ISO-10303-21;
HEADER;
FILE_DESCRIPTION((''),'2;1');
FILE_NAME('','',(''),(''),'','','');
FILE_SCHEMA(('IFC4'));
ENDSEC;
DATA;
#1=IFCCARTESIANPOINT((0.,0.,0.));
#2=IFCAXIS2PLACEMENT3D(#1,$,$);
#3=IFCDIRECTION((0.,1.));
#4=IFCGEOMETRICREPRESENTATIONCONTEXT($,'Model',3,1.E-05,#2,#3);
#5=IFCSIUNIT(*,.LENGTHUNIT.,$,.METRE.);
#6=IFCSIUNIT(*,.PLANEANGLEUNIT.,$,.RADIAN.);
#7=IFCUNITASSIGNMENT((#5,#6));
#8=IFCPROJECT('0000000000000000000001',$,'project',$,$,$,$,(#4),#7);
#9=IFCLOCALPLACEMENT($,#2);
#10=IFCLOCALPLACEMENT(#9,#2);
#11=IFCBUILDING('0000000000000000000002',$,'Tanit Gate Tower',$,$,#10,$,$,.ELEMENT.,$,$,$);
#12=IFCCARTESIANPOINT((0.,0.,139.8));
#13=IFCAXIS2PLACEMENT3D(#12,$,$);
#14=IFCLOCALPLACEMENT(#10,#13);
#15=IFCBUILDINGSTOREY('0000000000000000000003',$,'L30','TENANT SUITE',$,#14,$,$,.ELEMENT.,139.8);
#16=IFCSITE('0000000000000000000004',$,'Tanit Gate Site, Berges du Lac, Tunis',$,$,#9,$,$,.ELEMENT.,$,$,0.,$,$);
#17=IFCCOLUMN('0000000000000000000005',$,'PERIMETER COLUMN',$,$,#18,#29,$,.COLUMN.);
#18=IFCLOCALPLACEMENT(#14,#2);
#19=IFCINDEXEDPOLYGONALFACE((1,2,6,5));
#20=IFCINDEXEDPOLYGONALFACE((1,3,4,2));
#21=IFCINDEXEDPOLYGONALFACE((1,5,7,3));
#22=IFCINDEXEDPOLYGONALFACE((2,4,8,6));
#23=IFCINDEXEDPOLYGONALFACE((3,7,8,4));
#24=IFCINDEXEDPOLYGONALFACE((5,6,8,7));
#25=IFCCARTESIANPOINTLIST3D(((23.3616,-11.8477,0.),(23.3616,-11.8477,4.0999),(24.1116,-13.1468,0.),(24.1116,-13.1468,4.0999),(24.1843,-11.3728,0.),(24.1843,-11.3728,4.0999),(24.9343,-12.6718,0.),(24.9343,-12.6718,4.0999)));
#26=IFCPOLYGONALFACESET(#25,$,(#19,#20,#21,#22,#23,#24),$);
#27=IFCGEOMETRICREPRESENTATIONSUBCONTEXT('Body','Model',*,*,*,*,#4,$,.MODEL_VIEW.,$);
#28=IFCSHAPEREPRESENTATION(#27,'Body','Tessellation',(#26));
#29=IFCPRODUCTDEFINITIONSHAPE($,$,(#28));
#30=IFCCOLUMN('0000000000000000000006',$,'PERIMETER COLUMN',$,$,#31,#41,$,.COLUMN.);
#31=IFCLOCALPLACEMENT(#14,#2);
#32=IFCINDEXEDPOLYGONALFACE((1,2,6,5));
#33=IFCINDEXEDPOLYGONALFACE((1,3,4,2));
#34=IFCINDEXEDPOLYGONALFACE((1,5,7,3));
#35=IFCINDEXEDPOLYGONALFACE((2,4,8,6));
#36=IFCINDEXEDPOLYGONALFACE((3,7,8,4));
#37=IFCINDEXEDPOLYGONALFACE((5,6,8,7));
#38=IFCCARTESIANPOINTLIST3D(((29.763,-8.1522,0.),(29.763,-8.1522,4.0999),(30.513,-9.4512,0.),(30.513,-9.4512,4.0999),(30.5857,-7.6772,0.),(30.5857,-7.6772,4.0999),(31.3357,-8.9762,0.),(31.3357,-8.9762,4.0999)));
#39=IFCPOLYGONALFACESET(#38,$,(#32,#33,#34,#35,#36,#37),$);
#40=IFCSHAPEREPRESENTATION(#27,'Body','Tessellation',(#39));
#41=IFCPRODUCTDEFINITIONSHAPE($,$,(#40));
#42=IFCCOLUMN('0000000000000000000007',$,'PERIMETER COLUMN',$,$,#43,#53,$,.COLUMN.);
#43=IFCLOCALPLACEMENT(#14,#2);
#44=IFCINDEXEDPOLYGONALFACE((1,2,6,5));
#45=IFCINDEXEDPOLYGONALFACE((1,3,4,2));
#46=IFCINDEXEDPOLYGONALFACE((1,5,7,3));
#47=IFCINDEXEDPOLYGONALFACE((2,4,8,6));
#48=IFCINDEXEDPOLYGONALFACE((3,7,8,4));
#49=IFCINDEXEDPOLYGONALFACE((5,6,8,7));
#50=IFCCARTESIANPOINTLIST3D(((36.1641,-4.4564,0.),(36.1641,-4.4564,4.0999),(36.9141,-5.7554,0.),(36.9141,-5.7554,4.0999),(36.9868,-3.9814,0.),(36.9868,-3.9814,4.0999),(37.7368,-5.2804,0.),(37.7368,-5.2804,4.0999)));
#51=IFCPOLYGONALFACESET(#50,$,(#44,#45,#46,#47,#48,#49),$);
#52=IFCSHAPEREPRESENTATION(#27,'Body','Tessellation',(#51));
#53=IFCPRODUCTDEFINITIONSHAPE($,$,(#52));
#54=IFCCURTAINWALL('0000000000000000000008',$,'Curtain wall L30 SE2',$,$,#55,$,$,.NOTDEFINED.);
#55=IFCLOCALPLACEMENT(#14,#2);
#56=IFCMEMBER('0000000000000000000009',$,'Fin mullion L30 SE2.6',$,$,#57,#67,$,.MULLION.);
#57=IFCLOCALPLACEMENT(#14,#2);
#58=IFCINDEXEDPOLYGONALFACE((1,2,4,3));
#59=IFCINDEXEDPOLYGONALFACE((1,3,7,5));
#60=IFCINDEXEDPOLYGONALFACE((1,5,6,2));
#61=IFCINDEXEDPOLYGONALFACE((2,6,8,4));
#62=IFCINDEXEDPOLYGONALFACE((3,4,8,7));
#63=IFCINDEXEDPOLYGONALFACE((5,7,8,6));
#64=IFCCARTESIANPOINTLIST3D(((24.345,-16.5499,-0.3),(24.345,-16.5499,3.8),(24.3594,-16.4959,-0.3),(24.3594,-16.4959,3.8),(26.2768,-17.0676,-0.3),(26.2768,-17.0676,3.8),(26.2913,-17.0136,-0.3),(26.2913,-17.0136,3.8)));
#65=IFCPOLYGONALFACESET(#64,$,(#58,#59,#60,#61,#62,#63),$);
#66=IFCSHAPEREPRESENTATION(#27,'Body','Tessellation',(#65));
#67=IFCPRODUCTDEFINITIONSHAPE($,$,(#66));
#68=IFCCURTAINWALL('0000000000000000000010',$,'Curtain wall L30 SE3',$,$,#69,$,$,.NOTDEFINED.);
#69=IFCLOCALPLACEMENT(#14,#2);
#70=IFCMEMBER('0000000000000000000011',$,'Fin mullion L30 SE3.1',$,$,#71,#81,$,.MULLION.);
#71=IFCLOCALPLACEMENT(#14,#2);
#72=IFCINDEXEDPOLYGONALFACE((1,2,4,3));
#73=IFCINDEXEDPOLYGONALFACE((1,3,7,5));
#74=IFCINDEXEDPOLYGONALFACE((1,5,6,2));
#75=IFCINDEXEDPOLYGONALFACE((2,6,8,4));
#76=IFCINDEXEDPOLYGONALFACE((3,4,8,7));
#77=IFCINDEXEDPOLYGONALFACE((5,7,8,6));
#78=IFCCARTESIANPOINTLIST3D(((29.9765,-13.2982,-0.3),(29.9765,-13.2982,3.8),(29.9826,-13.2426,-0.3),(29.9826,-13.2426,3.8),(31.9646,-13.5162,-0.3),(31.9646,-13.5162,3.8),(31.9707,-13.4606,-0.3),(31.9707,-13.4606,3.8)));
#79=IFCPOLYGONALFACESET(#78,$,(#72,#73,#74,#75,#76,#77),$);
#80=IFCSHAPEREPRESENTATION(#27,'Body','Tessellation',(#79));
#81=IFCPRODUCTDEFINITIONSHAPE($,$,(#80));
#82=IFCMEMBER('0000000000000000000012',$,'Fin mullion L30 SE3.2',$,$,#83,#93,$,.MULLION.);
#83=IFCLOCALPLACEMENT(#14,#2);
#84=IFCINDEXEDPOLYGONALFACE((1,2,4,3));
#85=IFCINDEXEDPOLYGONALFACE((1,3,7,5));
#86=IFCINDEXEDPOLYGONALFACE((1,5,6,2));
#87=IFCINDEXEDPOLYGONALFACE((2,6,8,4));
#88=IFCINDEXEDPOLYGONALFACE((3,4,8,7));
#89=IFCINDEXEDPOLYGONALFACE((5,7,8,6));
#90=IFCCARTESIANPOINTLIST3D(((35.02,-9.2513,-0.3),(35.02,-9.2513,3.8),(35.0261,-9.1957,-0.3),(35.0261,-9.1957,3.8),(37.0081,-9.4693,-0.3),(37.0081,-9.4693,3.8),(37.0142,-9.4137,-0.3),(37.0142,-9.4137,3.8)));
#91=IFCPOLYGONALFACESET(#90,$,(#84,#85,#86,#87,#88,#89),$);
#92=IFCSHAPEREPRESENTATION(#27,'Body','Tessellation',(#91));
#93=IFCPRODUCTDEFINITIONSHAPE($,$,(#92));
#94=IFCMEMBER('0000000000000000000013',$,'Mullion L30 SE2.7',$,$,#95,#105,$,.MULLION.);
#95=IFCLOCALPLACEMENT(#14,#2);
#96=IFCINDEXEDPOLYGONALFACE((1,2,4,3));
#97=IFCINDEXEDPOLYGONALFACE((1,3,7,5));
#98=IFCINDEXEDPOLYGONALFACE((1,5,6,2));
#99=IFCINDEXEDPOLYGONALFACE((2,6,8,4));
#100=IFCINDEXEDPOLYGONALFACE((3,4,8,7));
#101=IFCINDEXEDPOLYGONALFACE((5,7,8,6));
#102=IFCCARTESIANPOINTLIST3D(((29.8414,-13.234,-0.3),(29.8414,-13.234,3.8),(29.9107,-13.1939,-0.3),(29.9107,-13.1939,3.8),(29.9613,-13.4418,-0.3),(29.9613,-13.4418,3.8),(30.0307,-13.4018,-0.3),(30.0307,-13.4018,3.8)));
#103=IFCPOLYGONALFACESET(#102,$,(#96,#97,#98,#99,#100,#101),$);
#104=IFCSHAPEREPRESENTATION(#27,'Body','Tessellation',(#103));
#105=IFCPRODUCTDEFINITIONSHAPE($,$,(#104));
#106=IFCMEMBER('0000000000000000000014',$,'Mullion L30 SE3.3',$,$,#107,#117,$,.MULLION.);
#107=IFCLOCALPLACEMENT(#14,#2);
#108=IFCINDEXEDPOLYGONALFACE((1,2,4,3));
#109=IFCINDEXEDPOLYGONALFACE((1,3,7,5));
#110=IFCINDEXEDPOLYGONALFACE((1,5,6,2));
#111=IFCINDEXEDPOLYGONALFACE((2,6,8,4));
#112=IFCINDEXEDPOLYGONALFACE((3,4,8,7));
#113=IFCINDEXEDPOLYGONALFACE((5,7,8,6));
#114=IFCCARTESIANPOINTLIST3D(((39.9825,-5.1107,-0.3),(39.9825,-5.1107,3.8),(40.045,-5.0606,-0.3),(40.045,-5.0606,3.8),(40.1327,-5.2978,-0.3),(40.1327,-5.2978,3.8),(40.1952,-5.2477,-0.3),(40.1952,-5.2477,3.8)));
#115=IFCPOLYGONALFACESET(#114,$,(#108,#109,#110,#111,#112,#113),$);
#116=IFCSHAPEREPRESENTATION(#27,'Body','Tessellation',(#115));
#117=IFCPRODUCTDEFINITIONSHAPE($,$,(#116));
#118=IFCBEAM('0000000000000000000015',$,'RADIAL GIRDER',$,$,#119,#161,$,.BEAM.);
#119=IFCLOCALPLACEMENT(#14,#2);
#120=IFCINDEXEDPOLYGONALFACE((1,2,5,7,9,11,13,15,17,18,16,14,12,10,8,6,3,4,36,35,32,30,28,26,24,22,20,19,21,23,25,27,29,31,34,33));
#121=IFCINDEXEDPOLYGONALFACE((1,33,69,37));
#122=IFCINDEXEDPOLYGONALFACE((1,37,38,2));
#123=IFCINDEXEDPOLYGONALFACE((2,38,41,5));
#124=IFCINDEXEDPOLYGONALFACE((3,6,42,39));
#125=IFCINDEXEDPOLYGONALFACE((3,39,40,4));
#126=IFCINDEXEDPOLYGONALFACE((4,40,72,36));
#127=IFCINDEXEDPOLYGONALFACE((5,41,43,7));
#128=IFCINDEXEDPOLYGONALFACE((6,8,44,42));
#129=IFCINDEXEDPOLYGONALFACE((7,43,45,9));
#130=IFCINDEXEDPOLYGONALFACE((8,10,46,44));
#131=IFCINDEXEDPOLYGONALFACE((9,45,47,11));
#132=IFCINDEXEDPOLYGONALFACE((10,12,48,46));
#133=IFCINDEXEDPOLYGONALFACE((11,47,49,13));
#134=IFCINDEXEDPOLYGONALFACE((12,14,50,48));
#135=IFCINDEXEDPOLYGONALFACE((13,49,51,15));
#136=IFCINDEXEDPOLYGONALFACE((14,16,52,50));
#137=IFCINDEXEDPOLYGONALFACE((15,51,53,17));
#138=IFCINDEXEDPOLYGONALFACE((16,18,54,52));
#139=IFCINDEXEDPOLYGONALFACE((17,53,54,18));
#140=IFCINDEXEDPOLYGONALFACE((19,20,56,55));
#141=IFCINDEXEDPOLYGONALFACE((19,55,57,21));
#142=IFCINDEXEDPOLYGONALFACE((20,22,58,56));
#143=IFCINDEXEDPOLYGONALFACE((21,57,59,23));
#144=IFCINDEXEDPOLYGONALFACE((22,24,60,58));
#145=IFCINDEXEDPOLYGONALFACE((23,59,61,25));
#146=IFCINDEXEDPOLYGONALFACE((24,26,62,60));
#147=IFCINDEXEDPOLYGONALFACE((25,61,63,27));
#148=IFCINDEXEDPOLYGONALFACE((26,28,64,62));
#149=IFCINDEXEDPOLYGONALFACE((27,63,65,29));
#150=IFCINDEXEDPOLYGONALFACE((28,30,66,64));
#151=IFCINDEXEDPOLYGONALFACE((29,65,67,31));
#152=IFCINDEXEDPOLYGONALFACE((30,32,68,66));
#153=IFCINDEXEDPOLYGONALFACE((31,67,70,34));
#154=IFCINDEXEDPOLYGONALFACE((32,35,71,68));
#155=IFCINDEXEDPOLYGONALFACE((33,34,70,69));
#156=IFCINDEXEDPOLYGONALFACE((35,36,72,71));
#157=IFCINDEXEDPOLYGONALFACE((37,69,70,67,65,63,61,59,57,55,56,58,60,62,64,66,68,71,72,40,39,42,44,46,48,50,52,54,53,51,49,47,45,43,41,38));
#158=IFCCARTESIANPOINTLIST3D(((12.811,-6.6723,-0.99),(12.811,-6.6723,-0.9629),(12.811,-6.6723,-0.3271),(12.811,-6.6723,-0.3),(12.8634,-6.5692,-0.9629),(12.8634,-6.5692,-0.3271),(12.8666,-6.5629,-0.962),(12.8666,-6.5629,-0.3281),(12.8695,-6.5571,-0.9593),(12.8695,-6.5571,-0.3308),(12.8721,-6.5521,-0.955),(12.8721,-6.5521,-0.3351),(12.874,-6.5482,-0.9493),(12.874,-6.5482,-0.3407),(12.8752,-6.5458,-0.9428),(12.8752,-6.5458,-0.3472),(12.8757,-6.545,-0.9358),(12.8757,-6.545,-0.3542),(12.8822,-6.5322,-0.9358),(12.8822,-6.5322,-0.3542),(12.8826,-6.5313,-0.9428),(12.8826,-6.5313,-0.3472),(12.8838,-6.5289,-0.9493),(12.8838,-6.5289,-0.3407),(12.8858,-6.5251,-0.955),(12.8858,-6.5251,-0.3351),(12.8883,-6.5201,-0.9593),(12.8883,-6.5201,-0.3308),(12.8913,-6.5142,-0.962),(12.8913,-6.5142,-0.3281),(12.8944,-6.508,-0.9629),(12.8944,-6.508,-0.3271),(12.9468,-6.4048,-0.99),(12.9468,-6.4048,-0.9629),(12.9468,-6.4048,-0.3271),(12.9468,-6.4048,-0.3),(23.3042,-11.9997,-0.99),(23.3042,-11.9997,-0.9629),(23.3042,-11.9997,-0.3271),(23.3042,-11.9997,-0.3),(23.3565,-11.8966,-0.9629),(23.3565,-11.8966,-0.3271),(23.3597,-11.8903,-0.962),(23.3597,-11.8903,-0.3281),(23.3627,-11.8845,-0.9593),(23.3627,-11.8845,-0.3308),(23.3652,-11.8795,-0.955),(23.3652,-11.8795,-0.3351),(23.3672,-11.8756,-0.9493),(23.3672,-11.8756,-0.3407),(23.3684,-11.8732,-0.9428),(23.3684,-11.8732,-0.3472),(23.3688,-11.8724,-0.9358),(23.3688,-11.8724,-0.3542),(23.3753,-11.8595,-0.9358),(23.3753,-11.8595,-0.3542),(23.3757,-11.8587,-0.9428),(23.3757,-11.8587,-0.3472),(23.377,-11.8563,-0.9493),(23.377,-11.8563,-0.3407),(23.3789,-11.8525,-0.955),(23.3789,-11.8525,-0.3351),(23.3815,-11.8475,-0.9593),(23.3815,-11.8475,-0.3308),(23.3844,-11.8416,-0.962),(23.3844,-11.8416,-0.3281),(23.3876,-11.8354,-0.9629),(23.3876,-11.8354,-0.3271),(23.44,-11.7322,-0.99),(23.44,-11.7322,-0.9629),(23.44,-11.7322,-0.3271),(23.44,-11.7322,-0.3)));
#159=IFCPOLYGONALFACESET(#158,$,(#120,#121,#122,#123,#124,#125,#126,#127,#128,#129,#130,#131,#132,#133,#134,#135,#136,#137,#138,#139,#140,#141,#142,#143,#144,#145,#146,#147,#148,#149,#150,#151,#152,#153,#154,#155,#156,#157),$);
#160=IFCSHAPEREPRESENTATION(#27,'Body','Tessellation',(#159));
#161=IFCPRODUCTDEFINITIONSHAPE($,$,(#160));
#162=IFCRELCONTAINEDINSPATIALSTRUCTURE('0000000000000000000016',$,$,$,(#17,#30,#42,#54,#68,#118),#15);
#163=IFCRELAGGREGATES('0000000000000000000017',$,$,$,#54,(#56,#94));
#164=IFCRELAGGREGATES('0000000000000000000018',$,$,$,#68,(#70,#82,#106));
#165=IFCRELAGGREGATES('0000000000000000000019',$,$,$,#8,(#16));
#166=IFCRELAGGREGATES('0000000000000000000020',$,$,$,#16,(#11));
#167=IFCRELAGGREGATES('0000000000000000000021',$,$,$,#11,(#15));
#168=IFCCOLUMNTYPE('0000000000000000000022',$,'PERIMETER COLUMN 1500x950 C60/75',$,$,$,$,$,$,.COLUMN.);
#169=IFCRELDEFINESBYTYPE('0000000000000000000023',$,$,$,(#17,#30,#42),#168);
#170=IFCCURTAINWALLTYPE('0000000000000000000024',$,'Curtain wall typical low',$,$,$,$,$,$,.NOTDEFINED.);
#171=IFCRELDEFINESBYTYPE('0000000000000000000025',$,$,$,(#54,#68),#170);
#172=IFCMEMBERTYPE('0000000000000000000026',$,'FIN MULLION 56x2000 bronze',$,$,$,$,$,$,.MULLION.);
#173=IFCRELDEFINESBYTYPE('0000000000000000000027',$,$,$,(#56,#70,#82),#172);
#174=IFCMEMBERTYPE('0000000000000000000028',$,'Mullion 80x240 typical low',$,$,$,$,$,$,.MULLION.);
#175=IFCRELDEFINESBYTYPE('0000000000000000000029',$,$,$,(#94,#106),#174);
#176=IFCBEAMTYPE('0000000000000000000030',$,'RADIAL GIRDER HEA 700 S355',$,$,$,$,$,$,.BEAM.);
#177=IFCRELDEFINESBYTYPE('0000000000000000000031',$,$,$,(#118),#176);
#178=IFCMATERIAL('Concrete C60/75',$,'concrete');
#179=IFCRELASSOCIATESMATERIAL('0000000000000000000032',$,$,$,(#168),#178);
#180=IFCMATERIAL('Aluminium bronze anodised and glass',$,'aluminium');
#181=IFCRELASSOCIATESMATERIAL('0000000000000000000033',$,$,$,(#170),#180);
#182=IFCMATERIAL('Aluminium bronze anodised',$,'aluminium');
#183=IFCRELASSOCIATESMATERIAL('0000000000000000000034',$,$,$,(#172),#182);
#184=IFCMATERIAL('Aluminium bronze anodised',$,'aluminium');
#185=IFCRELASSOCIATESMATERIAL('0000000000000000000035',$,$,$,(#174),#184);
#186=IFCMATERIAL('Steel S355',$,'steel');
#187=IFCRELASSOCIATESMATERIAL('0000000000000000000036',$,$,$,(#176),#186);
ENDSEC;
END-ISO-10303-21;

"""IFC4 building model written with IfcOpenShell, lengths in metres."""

from ifc_helpers import new_model, si_unit, direction, frame, origin, origin_2d, place, context, subcontext, project, spatial, rectangle, i_section, extrude, material, material_profile, profile_set, type_object, element, aggregate, save


model = new_model("IFC4")

# Units and contexts
model_context = context("Model", 3, precision=1e-05, world=origin(), true_north=direction((0.0, 1.0)))
body_context = subcontext(model_context, "Body", "Model", "MODEL_VIEW")
ifc_project = project(units=[si_unit("LENGTHUNIT", "METRE"), si_unit("PLANEANGLEUNIT", "RADIAN")], contexts=[model_context])

# Site, building, storey
site_placement = place(None, origin())
site = spatial("IfcSite", under=ifc_project, at=site_placement, Name="Tanit Gate Site, Berges du Lac, Tunis", CompositionType="ELEMENT", RefElevation=0.0)
building_placement = place(site_placement, origin())
building = spatial("IfcBuilding", under=site, at=building_placement, Name="Tanit Gate Tower", CompositionType="ELEMENT")
storey_placement = place(building_placement, frame((0.0, 0.0, 139.8)))
storey = spatial("IfcBuildingStorey", under=building, at=storey_placement, Name="L30", Description="TENANT SUITE", CompositionType="ELEMENT", Elevation=139.8)

# Columns
ifc_material_1 = material(Name="Concrete C60/75", Category="concrete")
ifc_material_profile_1 = material_profile(ifc_material_1, rectangle(XDim=1.5, YDim=0.95, at=origin_2d()), Name="RC 1500x950")
ifc_profile_set_1 = profile_set([ifc_material_profile_1], Name="Concrete C60/75")
column_type = type_object("IfcColumnType", Name="PERIMETER COLUMN 1500x950 C60/75", PredefinedType="COLUMN", material=ifc_profile_set_1)
for number, where, z_axis, x_axis, name in (
    (1, (24.1479, -12.2598, 0.0), (0.0, 0.0, 1.0), (0.5, -0.866025, 0.0), "PERIMETER COLUMN"),
    (2, (30.5493, -8.5642, 0.0), (0.0, 0.0, 1.0), (0.5, -0.866025, 0.0), "PERIMETER COLUMN"),
    (3, (36.9504, -4.8684, 0.0), (0.0, 0.0, 1.0), (0.5, -0.866025, 0.0), "PERIMETER COLUMN"),
):
    element("IfcColumn", number, at=place(storey_placement, frame(where, z_axis=z_axis, x_axis=x_axis)), inside=storey, type_object=column_type, Name=name, PredefinedType="COLUMN", context=body_context, shape_type="SweptSolid", body=[
        extrude(rectangle(XDim=1.5, YDim=0.95, at=origin_2d()), origin(), (0.0, 0.0, 1.0), 4.0999),
    ])

# Curtain wall, member
ifc_material_2 = material(Name="Aluminium bronze anodised and glass", Category="aluminium")
curtain_wall_type = type_object("IfcCurtainWallType", Name="Curtain wall typical low", PredefinedType="NOTDEFINED", material=ifc_material_2)
curtain_wall_1_placement = place(storey_placement, origin())
curtain_wall_1 = element("IfcCurtainWall", 4, at=curtain_wall_1_placement, inside=storey, type_object=curtain_wall_type, Name="Curtain wall L30 SE2", PredefinedType="NOTDEFINED")
ifc_material_3 = material(Name="Aluminium bronze anodised", Category="aluminium")
ifc_material_profile_2 = material_profile(ifc_material_3, rectangle(XDim=2.0, YDim=0.0559, at=origin_2d()), Name="56x2000 bronze fin mullion")
ifc_profile_set_2 = profile_set([ifc_material_profile_2], Name="Aluminium bronze anodised")
member_type_1 = type_object("IfcMemberType", Name="FIN MULLION 56x2000 bronze", PredefinedType="MULLION", material=ifc_profile_set_2)
member_1_placement = place(storey_placement, frame((25.3181, -16.7817, -0.3), z_axis=(0.0, 0.0, 1.0), x_axis=(-0.965908, 0.258886, 0.0)))
member_1 = element("IfcMember", 5, at=member_1_placement, type_object=member_type_1, Name="Fin mullion L30 SE2.6", PredefinedType="MULLION", context=body_context, shape_type="SweptSolid", body=[
    extrude(rectangle(XDim=2.0, YDim=0.0559, at=origin_2d()), origin(), (0.0, 0.0, 1.0), 4.1001),
])

# Curtain wall, members
curtain_wall_2_placement = place(storey_placement, origin())
curtain_wall_2 = element("IfcCurtainWall", 6, at=curtain_wall_2_placement, inside=storey, type_object=curtain_wall_type, Name="Curtain wall L30 SE3", PredefinedType="NOTDEFINED")
member_2_placement = place(storey_placement, frame((30.9736, -13.3794, -0.3), z_axis=(0.0, 0.0, 1.0), x_axis=(-0.994044, 0.108983, 0.0)))
member_2 = element("IfcMember", 7, at=member_2_placement, type_object=member_type_1, Name="Fin mullion L30 SE3.1", PredefinedType="MULLION", context=body_context, shape_type="SweptSolid", body=[
    extrude(rectangle(XDim=2.0, YDim=0.0559, at=origin_2d()), origin(), (0.0, 0.0, 1.0), 4.1001),
])
member_3_placement = place(storey_placement, frame((36.0171, -9.3325, -0.3), z_axis=(0.0, 0.0, 1.0), x_axis=(-0.994044, 0.108983, 0.0)))
member_3 = element("IfcMember", 8, at=member_3_placement, type_object=member_type_1, Name="Fin mullion L30 SE3.2", PredefinedType="MULLION", context=body_context, shape_type="SweptSolid", body=[
    extrude(rectangle(XDim=2.0, YDim=0.0559, at=origin_2d()), origin(), (0.0, 0.0, 1.0), 4.1001),
])

# Members
ifc_material_4 = material(Name="Aluminium bronze anodised", Category="aluminium")
ifc_material_profile_3 = material_profile(ifc_material_4, rectangle(XDim=0.24, YDim=0.0801, at=origin_2d()), Name="80x240 bronze mullion")
ifc_profile_set_3 = profile_set([ifc_material_profile_3], Name="Aluminium bronze anodised")
member_type_2 = type_object("IfcMemberType", Name="Mullion 80x240 typical low", PredefinedType="MULLION", material=ifc_profile_set_3)
member_4_placement = place(storey_placement, frame((29.936, -13.3179, -0.3), z_axis=(0.0, 0.0, 1.0), x_axis=(-0.49994, 0.86606, 0.0)))
member_4 = element("IfcMember", 9, at=member_4_placement, type_object=member_type_2, Name="Mullion L30 SE2.7", PredefinedType="MULLION", context=body_context, shape_type="SweptSolid", body=[
    extrude(rectangle(XDim=0.24, YDim=0.0801, at=origin_2d()), origin(), (0.0, 0.0, 1.0), 4.1001),
])
member_5_placement = place(storey_placement, frame((40.0889, -5.1792, -0.3), z_axis=(0.0, 0.0, 1.0), x_axis=(-0.625832, 0.779958, 0.0)))
member_5 = element("IfcMember", 10, at=member_5_placement, type_object=member_type_2, Name="Mullion L30 SE3.3", PredefinedType="MULLION", context=body_context, shape_type="SweptSolid", body=[
    extrude(rectangle(XDim=0.24, YDim=0.0801, at=origin_2d()), origin(), (0.0, 0.0, 1.0), 4.1001),
])

# Beam
ifc_material_5 = material(Name="Steel S355", Category="steel")
ifc_material_profile_4 = material_profile(ifc_material_5, i_section(OverallWidth=0.3, OverallDepth=0.6899, WebThickness=0.0144, FlangeThickness=0.0271, FilletRadius=0.0271, at=origin_2d()), Name="HEA 700")
ifc_profile_set_4 = profile_set([ifc_material_profile_4], Name="Steel S355")
beam_type_1 = type_object("IfcBeamType", Name="RADIAL GIRDER HEA 700 S355", PredefinedType="BEAM", material=ifc_profile_set_4)
beam_1_placement = place(storey_placement, frame((23.3721, -11.866, -0.645), z_axis=(-0.891664, 0.452699, 0.0), x_axis=(-0.452699, -0.891664, 0.0)))
element("IfcBeam", 11, at=beam_1_placement, inside=storey, type_object=beam_type_1, Name="RADIAL GIRDER", PredefinedType="BEAM", context=body_context, shape_type="SweptSolid", body=[
    extrude(i_section(OverallWidth=0.3, OverallDepth=0.6899, WebThickness=0.0144, FlangeThickness=0.0271, FilletRadius=0.0271, at=origin_2d()), origin(), (0.0, 0.0, 1.0), 11.7681),
])

aggregate(curtain_wall_1, [member_1, member_4])
aggregate(curtain_wall_2, [member_2, member_3, member_5])

save(model, "model.ifc")
